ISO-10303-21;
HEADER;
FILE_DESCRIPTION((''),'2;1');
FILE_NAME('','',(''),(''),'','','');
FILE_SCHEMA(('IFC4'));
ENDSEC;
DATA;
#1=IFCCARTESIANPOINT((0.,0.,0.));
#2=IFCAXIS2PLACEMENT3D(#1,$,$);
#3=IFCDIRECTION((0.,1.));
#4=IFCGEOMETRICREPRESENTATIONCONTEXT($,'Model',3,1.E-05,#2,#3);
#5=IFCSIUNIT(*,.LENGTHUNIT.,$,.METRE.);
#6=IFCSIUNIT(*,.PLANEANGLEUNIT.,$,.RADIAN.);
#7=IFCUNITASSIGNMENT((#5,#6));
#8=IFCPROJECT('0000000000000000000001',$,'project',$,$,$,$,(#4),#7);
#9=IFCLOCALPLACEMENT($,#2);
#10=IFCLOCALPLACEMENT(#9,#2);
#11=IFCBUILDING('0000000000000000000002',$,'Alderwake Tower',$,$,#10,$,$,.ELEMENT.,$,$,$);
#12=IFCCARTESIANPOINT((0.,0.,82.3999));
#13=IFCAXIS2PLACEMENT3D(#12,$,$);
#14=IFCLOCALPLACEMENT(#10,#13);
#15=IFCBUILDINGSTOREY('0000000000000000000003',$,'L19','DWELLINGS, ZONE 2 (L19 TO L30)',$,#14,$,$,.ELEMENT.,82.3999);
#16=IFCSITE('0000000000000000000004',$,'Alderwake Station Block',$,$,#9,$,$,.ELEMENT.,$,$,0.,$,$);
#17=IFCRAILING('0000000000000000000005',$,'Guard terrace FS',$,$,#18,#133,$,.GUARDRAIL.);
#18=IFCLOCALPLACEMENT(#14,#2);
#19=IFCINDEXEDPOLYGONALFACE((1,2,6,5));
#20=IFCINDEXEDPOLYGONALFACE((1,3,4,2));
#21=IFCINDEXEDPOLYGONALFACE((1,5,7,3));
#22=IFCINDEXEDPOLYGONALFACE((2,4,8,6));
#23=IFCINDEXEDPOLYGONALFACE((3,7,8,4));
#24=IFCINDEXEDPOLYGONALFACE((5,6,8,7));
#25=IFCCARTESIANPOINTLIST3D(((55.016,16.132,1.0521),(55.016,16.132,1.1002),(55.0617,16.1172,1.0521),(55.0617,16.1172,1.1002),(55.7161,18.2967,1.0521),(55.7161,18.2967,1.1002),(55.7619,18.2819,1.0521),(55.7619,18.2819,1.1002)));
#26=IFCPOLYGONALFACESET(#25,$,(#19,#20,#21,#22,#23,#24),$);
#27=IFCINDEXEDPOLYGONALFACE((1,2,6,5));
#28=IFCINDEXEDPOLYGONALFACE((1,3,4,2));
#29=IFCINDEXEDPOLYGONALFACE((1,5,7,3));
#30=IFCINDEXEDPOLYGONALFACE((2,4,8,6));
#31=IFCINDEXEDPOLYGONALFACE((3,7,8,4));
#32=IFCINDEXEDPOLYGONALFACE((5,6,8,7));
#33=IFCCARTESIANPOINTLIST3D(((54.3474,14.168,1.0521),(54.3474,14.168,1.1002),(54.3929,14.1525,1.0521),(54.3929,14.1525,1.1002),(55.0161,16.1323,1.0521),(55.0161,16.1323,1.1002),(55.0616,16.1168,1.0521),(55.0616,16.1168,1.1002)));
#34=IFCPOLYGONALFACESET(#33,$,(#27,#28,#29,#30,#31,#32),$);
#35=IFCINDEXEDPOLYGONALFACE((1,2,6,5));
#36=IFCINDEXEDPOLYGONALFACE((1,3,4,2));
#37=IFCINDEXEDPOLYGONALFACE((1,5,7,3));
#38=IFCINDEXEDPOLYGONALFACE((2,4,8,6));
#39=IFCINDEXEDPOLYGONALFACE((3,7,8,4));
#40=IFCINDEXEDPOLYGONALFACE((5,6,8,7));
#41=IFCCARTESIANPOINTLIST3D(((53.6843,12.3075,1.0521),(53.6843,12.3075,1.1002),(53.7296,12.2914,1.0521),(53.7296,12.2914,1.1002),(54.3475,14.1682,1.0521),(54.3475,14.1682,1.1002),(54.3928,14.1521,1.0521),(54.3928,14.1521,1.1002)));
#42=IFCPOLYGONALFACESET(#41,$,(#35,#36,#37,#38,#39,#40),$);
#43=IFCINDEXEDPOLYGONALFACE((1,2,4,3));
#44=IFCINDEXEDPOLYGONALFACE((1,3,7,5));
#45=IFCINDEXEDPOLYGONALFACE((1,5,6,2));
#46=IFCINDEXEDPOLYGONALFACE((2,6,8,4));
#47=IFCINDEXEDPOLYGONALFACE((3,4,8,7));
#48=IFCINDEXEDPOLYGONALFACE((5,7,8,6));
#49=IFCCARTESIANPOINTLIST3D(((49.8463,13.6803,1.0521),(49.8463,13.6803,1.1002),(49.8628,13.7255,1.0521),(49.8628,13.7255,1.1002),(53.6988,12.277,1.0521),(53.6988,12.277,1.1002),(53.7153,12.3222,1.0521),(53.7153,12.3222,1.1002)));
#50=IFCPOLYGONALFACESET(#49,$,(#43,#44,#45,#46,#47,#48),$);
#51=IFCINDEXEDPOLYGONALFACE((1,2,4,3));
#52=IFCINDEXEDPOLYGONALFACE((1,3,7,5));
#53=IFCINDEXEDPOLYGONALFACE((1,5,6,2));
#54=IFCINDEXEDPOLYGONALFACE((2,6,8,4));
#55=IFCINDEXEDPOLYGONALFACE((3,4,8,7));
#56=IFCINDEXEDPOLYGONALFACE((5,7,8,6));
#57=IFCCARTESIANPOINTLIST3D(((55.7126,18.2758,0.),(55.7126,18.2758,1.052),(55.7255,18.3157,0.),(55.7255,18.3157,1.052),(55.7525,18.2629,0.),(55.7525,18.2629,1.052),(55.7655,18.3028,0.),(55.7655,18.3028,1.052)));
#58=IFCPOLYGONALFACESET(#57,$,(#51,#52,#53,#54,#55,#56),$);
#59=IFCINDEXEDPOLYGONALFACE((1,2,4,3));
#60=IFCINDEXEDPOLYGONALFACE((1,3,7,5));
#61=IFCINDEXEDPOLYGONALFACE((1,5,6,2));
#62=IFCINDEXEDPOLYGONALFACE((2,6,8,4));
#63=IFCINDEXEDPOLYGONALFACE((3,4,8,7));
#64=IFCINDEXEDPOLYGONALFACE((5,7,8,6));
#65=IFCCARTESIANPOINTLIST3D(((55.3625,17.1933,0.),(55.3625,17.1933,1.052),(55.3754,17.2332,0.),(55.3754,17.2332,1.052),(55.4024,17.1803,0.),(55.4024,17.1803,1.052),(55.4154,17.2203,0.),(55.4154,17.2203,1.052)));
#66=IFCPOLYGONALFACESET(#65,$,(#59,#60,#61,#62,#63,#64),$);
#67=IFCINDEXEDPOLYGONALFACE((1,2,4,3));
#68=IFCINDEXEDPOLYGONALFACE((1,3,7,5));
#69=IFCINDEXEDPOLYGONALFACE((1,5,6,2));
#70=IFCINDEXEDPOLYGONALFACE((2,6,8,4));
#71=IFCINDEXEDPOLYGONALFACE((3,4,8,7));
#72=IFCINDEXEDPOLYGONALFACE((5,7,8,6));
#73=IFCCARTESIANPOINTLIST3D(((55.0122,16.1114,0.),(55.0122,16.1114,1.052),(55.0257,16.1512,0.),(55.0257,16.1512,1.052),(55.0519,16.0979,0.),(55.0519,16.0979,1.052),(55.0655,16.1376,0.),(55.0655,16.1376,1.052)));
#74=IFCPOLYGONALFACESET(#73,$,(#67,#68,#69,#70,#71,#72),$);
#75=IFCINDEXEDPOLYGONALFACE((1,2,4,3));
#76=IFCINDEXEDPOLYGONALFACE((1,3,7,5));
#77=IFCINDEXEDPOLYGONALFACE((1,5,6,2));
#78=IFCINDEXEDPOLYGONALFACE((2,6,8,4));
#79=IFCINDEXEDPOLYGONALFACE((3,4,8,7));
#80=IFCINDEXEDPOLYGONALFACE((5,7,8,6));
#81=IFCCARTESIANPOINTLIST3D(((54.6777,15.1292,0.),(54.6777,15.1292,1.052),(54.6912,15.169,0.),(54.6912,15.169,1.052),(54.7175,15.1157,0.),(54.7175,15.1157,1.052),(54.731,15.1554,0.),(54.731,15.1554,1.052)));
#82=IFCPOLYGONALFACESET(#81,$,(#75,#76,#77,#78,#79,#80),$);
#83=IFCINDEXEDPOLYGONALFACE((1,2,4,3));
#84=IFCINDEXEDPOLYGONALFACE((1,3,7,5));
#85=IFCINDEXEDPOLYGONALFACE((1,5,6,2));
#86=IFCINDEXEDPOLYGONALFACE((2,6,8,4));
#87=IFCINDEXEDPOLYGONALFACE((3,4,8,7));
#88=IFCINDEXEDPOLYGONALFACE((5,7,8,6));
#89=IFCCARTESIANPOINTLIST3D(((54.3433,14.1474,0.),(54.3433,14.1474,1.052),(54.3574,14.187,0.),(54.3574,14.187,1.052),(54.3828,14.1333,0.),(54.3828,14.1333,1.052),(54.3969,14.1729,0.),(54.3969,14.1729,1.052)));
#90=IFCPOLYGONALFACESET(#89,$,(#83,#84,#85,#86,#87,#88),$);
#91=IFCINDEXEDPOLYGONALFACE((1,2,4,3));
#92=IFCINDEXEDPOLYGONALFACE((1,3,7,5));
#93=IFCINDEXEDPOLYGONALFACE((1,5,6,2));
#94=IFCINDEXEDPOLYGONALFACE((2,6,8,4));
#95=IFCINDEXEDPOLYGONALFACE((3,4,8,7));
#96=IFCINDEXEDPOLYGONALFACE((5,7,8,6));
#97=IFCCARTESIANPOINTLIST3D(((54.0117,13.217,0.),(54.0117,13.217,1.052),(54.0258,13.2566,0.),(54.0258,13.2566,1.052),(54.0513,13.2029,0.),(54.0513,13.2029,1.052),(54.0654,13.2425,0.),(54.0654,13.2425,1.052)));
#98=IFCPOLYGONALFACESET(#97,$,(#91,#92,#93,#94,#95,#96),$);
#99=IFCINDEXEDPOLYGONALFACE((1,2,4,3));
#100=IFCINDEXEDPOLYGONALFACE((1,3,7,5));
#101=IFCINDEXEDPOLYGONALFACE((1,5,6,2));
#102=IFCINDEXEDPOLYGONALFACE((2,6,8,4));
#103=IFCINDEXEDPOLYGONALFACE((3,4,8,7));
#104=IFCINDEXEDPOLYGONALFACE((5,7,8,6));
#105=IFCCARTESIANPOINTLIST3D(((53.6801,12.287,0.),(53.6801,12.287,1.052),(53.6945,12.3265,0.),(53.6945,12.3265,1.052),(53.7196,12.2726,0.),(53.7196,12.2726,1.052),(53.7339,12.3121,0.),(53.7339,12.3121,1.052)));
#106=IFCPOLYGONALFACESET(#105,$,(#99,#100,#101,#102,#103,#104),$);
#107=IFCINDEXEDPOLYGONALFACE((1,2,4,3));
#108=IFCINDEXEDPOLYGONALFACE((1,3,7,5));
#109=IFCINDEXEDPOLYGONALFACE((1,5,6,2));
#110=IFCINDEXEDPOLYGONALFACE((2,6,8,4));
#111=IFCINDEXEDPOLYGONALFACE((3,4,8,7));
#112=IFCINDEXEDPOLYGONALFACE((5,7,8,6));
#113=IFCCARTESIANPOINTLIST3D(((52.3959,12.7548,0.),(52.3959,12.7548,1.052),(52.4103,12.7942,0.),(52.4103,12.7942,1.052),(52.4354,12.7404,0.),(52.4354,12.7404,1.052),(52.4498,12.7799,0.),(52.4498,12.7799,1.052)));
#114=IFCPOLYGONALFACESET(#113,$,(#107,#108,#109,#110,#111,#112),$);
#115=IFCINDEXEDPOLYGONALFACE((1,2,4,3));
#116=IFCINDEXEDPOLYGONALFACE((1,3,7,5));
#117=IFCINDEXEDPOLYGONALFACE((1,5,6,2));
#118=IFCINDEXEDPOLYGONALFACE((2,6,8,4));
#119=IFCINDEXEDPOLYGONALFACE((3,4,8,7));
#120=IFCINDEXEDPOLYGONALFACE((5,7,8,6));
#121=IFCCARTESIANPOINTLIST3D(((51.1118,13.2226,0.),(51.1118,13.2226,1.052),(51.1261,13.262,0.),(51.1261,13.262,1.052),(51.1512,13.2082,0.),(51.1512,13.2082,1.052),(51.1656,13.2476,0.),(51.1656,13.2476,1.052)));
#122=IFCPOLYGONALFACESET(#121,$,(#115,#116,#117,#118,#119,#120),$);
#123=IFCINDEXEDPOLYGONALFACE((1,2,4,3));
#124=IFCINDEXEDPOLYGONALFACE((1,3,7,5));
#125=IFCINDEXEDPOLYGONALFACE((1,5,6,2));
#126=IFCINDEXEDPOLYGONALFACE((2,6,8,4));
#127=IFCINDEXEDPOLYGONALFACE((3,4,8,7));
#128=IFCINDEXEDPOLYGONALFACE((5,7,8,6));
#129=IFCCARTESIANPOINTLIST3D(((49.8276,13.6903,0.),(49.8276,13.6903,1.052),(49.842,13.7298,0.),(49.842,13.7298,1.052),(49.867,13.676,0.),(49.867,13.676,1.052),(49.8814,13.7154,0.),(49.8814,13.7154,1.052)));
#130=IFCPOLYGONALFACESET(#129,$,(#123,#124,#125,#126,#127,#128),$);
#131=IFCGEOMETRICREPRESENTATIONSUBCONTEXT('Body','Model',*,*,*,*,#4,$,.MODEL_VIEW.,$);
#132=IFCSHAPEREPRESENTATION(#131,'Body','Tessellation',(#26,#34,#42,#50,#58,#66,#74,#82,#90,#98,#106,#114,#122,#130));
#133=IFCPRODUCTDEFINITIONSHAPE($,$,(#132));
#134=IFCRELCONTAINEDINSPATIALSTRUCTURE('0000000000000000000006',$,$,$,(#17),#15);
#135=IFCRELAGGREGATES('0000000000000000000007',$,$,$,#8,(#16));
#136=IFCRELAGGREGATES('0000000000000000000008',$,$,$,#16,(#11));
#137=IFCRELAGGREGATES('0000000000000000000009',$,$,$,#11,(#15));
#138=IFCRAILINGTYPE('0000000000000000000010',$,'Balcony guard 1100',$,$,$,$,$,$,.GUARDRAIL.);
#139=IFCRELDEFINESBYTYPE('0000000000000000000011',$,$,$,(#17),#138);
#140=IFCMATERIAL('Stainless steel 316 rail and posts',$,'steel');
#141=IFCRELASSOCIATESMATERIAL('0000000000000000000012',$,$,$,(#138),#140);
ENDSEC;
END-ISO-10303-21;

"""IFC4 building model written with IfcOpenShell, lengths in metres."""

from ifc_helpers import new_model, si_unit, direction, frame, origin, origin_2d, place, context, subcontext, project, spatial, rectangle, extrude, material, type_object, element, save


model = new_model("IFC4")

# Units and contexts
model_context = context("Model", 3, precision=1e-05, world=origin(), true_north=direction((0.0, 1.0)))
body_context = subcontext(model_context, "Body", "Model", "MODEL_VIEW")
ifc_project = project(units=[si_unit("LENGTHUNIT", "METRE"), si_unit("PLANEANGLEUNIT", "RADIAN")], contexts=[model_context])

# Site, building, storey
site_placement = place(None, origin())
site = spatial("IfcSite", under=ifc_project, at=site_placement, Name="Alderwake Station Block", CompositionType="ELEMENT", RefElevation=0.0)
building_placement = place(site_placement, origin())
building = spatial("IfcBuilding", under=site, at=building_placement, Name="Alderwake Tower", CompositionType="ELEMENT")
storey_placement = place(building_placement, frame((0.0, 0.0, 82.3999)))
storey = spatial("IfcBuildingStorey", under=building, at=storey_placement, Name="L19", Description="DWELLINGS, ZONE 2 (L19 TO L30)", CompositionType="ELEMENT", Elevation=82.3999)

# Railing
ifc_material_1 = material(Name="Stainless steel 316 rail and posts", Category="steel")
railing_type = type_object("IfcRailingType", Name="Balcony guard 1100", PredefinedType="GUARDRAIL", material=ifc_material_1)
railing_1_placement = place(storey_placement, frame((55.739, 18.2893, 0.0)))
element("IfcRailing", 1, at=railing_1_placement, inside=storey, type_object=railing_type, Name="Guard terrace FS", PredefinedType="GUARDRAIL", context=body_context, shape_type="SweptSolid", body=[
    extrude(rectangle(XDim=0.0481, YDim=0.0481, at=origin_2d()), frame((0.0, 0.0, 1.0762), z_axis=(-0.307749, -0.951468, 0.0), x_axis=(0.951468, -0.307749, 0.0)), (0.0, 0.0, 1.0), 2.2751),
    extrude(rectangle(XDim=0.0481, YDim=0.0481, at=origin_2d()), frame((-0.7002, -2.1648, 1.0762), z_axis=(-0.322257, -0.946652, 0.0), x_axis=(0.946652, -0.322257, 0.0)), (0.0, 0.0, 1.0), 2.075),
    extrude(rectangle(XDim=0.0481, YDim=0.0481, at=origin_2d()), frame((-1.3689, -4.1292, 1.0762), z_axis=(-0.335702, -0.941968, 0.0), x_axis=(0.941968, -0.335702, 0.0)), (0.0, 0.0, 1.0), 1.9753),
    extrude(rectangle(XDim=0.0481, YDim=0.0481, at=origin_2d()), frame((-2.032, -5.9897, 1.0762), z_axis=(-0.939606, 0.342259, 0.0), x_axis=(-0.342259, -0.939606, 0.0)), (0.0, 0.0, 1.0), 4.1001),
    extrude(rectangle(XDim=0.042, YDim=0.042, at=origin_2d()), frame((0.0, 0.0, 0.0), z_axis=(0.0, 0.0, 1.0), x_axis=(-0.307749, -0.951468, 0.0)), (0.0, 0.0, 1.0), 1.052),
    extrude(rectangle(XDim=0.042, YDim=0.042, at=origin_2d()), frame((-0.3501, -1.0825, 0.0), z_axis=(0.0, 0.0, 1.0), x_axis=(-0.307749, -0.951468, 0.0)), (0.0, 0.0, 1.0), 1.052),
    extrude(rectangle(XDim=0.042, YDim=0.042, at=origin_2d()), frame((-0.7002, -2.1648, 0.0), z_axis=(0.0, 0.0, 1.0), x_axis=(-0.322257, -0.946652, 0.0)), (0.0, 0.0, 1.0), 1.052),
    extrude(rectangle(XDim=0.042, YDim=0.042, at=origin_2d()), frame((-1.0347, -3.147, 0.0), z_axis=(0.0, 0.0, 1.0), x_axis=(-0.322257, -0.946652, 0.0)), (0.0, 0.0, 1.0), 1.052),
    extrude(rectangle(XDim=0.042, YDim=0.042, at=origin_2d()), frame((-1.3689, -4.1292, 0.0), z_axis=(0.0, 0.0, 1.0), x_axis=(-0.335702, -0.941968, 0.0)), (0.0, 0.0, 1.0), 1.052),
    extrude(rectangle(XDim=0.042, YDim=0.042, at=origin_2d()), frame((-1.7004, -5.0596, 0.0), z_axis=(0.0, 0.0, 1.0), x_axis=(-0.335702, -0.941968, 0.0)), (0.0, 0.0, 1.0), 1.052),
    extrude(rectangle(XDim=0.042, YDim=0.042, at=origin_2d()), frame((-2.032, -5.9897, 0.0), z_axis=(0.0, 0.0, 1.0), x_axis=(-0.939606, 0.342259, 0.0)), (0.0, 0.0, 1.0), 1.052),
    extrude(rectangle(XDim=0.042, YDim=0.042, at=origin_2d()), frame((-3.3162, -5.522, 0.0), z_axis=(0.0, 0.0, 1.0), x_axis=(-0.939606, 0.342259, 0.0)), (0.0, 0.0, 1.0), 1.052),
    extrude(rectangle(XDim=0.042, YDim=0.042, at=origin_2d()), frame((-4.6003, -5.0542, 0.0), z_axis=(0.0, 0.0, 1.0), x_axis=(-0.939606, 0.342259, 0.0)), (0.0, 0.0, 1.0), 1.052),
    extrude(rectangle(XDim=0.042, YDim=0.042, at=origin_2d()), frame((-5.8845, -4.5864, 0.0), z_axis=(0.0, 0.0, 1.0), x_axis=(-0.939606, 0.342259, 0.0)), (0.0, 0.0, 1.0), 1.052),
])

save(model, "model.ifc")
